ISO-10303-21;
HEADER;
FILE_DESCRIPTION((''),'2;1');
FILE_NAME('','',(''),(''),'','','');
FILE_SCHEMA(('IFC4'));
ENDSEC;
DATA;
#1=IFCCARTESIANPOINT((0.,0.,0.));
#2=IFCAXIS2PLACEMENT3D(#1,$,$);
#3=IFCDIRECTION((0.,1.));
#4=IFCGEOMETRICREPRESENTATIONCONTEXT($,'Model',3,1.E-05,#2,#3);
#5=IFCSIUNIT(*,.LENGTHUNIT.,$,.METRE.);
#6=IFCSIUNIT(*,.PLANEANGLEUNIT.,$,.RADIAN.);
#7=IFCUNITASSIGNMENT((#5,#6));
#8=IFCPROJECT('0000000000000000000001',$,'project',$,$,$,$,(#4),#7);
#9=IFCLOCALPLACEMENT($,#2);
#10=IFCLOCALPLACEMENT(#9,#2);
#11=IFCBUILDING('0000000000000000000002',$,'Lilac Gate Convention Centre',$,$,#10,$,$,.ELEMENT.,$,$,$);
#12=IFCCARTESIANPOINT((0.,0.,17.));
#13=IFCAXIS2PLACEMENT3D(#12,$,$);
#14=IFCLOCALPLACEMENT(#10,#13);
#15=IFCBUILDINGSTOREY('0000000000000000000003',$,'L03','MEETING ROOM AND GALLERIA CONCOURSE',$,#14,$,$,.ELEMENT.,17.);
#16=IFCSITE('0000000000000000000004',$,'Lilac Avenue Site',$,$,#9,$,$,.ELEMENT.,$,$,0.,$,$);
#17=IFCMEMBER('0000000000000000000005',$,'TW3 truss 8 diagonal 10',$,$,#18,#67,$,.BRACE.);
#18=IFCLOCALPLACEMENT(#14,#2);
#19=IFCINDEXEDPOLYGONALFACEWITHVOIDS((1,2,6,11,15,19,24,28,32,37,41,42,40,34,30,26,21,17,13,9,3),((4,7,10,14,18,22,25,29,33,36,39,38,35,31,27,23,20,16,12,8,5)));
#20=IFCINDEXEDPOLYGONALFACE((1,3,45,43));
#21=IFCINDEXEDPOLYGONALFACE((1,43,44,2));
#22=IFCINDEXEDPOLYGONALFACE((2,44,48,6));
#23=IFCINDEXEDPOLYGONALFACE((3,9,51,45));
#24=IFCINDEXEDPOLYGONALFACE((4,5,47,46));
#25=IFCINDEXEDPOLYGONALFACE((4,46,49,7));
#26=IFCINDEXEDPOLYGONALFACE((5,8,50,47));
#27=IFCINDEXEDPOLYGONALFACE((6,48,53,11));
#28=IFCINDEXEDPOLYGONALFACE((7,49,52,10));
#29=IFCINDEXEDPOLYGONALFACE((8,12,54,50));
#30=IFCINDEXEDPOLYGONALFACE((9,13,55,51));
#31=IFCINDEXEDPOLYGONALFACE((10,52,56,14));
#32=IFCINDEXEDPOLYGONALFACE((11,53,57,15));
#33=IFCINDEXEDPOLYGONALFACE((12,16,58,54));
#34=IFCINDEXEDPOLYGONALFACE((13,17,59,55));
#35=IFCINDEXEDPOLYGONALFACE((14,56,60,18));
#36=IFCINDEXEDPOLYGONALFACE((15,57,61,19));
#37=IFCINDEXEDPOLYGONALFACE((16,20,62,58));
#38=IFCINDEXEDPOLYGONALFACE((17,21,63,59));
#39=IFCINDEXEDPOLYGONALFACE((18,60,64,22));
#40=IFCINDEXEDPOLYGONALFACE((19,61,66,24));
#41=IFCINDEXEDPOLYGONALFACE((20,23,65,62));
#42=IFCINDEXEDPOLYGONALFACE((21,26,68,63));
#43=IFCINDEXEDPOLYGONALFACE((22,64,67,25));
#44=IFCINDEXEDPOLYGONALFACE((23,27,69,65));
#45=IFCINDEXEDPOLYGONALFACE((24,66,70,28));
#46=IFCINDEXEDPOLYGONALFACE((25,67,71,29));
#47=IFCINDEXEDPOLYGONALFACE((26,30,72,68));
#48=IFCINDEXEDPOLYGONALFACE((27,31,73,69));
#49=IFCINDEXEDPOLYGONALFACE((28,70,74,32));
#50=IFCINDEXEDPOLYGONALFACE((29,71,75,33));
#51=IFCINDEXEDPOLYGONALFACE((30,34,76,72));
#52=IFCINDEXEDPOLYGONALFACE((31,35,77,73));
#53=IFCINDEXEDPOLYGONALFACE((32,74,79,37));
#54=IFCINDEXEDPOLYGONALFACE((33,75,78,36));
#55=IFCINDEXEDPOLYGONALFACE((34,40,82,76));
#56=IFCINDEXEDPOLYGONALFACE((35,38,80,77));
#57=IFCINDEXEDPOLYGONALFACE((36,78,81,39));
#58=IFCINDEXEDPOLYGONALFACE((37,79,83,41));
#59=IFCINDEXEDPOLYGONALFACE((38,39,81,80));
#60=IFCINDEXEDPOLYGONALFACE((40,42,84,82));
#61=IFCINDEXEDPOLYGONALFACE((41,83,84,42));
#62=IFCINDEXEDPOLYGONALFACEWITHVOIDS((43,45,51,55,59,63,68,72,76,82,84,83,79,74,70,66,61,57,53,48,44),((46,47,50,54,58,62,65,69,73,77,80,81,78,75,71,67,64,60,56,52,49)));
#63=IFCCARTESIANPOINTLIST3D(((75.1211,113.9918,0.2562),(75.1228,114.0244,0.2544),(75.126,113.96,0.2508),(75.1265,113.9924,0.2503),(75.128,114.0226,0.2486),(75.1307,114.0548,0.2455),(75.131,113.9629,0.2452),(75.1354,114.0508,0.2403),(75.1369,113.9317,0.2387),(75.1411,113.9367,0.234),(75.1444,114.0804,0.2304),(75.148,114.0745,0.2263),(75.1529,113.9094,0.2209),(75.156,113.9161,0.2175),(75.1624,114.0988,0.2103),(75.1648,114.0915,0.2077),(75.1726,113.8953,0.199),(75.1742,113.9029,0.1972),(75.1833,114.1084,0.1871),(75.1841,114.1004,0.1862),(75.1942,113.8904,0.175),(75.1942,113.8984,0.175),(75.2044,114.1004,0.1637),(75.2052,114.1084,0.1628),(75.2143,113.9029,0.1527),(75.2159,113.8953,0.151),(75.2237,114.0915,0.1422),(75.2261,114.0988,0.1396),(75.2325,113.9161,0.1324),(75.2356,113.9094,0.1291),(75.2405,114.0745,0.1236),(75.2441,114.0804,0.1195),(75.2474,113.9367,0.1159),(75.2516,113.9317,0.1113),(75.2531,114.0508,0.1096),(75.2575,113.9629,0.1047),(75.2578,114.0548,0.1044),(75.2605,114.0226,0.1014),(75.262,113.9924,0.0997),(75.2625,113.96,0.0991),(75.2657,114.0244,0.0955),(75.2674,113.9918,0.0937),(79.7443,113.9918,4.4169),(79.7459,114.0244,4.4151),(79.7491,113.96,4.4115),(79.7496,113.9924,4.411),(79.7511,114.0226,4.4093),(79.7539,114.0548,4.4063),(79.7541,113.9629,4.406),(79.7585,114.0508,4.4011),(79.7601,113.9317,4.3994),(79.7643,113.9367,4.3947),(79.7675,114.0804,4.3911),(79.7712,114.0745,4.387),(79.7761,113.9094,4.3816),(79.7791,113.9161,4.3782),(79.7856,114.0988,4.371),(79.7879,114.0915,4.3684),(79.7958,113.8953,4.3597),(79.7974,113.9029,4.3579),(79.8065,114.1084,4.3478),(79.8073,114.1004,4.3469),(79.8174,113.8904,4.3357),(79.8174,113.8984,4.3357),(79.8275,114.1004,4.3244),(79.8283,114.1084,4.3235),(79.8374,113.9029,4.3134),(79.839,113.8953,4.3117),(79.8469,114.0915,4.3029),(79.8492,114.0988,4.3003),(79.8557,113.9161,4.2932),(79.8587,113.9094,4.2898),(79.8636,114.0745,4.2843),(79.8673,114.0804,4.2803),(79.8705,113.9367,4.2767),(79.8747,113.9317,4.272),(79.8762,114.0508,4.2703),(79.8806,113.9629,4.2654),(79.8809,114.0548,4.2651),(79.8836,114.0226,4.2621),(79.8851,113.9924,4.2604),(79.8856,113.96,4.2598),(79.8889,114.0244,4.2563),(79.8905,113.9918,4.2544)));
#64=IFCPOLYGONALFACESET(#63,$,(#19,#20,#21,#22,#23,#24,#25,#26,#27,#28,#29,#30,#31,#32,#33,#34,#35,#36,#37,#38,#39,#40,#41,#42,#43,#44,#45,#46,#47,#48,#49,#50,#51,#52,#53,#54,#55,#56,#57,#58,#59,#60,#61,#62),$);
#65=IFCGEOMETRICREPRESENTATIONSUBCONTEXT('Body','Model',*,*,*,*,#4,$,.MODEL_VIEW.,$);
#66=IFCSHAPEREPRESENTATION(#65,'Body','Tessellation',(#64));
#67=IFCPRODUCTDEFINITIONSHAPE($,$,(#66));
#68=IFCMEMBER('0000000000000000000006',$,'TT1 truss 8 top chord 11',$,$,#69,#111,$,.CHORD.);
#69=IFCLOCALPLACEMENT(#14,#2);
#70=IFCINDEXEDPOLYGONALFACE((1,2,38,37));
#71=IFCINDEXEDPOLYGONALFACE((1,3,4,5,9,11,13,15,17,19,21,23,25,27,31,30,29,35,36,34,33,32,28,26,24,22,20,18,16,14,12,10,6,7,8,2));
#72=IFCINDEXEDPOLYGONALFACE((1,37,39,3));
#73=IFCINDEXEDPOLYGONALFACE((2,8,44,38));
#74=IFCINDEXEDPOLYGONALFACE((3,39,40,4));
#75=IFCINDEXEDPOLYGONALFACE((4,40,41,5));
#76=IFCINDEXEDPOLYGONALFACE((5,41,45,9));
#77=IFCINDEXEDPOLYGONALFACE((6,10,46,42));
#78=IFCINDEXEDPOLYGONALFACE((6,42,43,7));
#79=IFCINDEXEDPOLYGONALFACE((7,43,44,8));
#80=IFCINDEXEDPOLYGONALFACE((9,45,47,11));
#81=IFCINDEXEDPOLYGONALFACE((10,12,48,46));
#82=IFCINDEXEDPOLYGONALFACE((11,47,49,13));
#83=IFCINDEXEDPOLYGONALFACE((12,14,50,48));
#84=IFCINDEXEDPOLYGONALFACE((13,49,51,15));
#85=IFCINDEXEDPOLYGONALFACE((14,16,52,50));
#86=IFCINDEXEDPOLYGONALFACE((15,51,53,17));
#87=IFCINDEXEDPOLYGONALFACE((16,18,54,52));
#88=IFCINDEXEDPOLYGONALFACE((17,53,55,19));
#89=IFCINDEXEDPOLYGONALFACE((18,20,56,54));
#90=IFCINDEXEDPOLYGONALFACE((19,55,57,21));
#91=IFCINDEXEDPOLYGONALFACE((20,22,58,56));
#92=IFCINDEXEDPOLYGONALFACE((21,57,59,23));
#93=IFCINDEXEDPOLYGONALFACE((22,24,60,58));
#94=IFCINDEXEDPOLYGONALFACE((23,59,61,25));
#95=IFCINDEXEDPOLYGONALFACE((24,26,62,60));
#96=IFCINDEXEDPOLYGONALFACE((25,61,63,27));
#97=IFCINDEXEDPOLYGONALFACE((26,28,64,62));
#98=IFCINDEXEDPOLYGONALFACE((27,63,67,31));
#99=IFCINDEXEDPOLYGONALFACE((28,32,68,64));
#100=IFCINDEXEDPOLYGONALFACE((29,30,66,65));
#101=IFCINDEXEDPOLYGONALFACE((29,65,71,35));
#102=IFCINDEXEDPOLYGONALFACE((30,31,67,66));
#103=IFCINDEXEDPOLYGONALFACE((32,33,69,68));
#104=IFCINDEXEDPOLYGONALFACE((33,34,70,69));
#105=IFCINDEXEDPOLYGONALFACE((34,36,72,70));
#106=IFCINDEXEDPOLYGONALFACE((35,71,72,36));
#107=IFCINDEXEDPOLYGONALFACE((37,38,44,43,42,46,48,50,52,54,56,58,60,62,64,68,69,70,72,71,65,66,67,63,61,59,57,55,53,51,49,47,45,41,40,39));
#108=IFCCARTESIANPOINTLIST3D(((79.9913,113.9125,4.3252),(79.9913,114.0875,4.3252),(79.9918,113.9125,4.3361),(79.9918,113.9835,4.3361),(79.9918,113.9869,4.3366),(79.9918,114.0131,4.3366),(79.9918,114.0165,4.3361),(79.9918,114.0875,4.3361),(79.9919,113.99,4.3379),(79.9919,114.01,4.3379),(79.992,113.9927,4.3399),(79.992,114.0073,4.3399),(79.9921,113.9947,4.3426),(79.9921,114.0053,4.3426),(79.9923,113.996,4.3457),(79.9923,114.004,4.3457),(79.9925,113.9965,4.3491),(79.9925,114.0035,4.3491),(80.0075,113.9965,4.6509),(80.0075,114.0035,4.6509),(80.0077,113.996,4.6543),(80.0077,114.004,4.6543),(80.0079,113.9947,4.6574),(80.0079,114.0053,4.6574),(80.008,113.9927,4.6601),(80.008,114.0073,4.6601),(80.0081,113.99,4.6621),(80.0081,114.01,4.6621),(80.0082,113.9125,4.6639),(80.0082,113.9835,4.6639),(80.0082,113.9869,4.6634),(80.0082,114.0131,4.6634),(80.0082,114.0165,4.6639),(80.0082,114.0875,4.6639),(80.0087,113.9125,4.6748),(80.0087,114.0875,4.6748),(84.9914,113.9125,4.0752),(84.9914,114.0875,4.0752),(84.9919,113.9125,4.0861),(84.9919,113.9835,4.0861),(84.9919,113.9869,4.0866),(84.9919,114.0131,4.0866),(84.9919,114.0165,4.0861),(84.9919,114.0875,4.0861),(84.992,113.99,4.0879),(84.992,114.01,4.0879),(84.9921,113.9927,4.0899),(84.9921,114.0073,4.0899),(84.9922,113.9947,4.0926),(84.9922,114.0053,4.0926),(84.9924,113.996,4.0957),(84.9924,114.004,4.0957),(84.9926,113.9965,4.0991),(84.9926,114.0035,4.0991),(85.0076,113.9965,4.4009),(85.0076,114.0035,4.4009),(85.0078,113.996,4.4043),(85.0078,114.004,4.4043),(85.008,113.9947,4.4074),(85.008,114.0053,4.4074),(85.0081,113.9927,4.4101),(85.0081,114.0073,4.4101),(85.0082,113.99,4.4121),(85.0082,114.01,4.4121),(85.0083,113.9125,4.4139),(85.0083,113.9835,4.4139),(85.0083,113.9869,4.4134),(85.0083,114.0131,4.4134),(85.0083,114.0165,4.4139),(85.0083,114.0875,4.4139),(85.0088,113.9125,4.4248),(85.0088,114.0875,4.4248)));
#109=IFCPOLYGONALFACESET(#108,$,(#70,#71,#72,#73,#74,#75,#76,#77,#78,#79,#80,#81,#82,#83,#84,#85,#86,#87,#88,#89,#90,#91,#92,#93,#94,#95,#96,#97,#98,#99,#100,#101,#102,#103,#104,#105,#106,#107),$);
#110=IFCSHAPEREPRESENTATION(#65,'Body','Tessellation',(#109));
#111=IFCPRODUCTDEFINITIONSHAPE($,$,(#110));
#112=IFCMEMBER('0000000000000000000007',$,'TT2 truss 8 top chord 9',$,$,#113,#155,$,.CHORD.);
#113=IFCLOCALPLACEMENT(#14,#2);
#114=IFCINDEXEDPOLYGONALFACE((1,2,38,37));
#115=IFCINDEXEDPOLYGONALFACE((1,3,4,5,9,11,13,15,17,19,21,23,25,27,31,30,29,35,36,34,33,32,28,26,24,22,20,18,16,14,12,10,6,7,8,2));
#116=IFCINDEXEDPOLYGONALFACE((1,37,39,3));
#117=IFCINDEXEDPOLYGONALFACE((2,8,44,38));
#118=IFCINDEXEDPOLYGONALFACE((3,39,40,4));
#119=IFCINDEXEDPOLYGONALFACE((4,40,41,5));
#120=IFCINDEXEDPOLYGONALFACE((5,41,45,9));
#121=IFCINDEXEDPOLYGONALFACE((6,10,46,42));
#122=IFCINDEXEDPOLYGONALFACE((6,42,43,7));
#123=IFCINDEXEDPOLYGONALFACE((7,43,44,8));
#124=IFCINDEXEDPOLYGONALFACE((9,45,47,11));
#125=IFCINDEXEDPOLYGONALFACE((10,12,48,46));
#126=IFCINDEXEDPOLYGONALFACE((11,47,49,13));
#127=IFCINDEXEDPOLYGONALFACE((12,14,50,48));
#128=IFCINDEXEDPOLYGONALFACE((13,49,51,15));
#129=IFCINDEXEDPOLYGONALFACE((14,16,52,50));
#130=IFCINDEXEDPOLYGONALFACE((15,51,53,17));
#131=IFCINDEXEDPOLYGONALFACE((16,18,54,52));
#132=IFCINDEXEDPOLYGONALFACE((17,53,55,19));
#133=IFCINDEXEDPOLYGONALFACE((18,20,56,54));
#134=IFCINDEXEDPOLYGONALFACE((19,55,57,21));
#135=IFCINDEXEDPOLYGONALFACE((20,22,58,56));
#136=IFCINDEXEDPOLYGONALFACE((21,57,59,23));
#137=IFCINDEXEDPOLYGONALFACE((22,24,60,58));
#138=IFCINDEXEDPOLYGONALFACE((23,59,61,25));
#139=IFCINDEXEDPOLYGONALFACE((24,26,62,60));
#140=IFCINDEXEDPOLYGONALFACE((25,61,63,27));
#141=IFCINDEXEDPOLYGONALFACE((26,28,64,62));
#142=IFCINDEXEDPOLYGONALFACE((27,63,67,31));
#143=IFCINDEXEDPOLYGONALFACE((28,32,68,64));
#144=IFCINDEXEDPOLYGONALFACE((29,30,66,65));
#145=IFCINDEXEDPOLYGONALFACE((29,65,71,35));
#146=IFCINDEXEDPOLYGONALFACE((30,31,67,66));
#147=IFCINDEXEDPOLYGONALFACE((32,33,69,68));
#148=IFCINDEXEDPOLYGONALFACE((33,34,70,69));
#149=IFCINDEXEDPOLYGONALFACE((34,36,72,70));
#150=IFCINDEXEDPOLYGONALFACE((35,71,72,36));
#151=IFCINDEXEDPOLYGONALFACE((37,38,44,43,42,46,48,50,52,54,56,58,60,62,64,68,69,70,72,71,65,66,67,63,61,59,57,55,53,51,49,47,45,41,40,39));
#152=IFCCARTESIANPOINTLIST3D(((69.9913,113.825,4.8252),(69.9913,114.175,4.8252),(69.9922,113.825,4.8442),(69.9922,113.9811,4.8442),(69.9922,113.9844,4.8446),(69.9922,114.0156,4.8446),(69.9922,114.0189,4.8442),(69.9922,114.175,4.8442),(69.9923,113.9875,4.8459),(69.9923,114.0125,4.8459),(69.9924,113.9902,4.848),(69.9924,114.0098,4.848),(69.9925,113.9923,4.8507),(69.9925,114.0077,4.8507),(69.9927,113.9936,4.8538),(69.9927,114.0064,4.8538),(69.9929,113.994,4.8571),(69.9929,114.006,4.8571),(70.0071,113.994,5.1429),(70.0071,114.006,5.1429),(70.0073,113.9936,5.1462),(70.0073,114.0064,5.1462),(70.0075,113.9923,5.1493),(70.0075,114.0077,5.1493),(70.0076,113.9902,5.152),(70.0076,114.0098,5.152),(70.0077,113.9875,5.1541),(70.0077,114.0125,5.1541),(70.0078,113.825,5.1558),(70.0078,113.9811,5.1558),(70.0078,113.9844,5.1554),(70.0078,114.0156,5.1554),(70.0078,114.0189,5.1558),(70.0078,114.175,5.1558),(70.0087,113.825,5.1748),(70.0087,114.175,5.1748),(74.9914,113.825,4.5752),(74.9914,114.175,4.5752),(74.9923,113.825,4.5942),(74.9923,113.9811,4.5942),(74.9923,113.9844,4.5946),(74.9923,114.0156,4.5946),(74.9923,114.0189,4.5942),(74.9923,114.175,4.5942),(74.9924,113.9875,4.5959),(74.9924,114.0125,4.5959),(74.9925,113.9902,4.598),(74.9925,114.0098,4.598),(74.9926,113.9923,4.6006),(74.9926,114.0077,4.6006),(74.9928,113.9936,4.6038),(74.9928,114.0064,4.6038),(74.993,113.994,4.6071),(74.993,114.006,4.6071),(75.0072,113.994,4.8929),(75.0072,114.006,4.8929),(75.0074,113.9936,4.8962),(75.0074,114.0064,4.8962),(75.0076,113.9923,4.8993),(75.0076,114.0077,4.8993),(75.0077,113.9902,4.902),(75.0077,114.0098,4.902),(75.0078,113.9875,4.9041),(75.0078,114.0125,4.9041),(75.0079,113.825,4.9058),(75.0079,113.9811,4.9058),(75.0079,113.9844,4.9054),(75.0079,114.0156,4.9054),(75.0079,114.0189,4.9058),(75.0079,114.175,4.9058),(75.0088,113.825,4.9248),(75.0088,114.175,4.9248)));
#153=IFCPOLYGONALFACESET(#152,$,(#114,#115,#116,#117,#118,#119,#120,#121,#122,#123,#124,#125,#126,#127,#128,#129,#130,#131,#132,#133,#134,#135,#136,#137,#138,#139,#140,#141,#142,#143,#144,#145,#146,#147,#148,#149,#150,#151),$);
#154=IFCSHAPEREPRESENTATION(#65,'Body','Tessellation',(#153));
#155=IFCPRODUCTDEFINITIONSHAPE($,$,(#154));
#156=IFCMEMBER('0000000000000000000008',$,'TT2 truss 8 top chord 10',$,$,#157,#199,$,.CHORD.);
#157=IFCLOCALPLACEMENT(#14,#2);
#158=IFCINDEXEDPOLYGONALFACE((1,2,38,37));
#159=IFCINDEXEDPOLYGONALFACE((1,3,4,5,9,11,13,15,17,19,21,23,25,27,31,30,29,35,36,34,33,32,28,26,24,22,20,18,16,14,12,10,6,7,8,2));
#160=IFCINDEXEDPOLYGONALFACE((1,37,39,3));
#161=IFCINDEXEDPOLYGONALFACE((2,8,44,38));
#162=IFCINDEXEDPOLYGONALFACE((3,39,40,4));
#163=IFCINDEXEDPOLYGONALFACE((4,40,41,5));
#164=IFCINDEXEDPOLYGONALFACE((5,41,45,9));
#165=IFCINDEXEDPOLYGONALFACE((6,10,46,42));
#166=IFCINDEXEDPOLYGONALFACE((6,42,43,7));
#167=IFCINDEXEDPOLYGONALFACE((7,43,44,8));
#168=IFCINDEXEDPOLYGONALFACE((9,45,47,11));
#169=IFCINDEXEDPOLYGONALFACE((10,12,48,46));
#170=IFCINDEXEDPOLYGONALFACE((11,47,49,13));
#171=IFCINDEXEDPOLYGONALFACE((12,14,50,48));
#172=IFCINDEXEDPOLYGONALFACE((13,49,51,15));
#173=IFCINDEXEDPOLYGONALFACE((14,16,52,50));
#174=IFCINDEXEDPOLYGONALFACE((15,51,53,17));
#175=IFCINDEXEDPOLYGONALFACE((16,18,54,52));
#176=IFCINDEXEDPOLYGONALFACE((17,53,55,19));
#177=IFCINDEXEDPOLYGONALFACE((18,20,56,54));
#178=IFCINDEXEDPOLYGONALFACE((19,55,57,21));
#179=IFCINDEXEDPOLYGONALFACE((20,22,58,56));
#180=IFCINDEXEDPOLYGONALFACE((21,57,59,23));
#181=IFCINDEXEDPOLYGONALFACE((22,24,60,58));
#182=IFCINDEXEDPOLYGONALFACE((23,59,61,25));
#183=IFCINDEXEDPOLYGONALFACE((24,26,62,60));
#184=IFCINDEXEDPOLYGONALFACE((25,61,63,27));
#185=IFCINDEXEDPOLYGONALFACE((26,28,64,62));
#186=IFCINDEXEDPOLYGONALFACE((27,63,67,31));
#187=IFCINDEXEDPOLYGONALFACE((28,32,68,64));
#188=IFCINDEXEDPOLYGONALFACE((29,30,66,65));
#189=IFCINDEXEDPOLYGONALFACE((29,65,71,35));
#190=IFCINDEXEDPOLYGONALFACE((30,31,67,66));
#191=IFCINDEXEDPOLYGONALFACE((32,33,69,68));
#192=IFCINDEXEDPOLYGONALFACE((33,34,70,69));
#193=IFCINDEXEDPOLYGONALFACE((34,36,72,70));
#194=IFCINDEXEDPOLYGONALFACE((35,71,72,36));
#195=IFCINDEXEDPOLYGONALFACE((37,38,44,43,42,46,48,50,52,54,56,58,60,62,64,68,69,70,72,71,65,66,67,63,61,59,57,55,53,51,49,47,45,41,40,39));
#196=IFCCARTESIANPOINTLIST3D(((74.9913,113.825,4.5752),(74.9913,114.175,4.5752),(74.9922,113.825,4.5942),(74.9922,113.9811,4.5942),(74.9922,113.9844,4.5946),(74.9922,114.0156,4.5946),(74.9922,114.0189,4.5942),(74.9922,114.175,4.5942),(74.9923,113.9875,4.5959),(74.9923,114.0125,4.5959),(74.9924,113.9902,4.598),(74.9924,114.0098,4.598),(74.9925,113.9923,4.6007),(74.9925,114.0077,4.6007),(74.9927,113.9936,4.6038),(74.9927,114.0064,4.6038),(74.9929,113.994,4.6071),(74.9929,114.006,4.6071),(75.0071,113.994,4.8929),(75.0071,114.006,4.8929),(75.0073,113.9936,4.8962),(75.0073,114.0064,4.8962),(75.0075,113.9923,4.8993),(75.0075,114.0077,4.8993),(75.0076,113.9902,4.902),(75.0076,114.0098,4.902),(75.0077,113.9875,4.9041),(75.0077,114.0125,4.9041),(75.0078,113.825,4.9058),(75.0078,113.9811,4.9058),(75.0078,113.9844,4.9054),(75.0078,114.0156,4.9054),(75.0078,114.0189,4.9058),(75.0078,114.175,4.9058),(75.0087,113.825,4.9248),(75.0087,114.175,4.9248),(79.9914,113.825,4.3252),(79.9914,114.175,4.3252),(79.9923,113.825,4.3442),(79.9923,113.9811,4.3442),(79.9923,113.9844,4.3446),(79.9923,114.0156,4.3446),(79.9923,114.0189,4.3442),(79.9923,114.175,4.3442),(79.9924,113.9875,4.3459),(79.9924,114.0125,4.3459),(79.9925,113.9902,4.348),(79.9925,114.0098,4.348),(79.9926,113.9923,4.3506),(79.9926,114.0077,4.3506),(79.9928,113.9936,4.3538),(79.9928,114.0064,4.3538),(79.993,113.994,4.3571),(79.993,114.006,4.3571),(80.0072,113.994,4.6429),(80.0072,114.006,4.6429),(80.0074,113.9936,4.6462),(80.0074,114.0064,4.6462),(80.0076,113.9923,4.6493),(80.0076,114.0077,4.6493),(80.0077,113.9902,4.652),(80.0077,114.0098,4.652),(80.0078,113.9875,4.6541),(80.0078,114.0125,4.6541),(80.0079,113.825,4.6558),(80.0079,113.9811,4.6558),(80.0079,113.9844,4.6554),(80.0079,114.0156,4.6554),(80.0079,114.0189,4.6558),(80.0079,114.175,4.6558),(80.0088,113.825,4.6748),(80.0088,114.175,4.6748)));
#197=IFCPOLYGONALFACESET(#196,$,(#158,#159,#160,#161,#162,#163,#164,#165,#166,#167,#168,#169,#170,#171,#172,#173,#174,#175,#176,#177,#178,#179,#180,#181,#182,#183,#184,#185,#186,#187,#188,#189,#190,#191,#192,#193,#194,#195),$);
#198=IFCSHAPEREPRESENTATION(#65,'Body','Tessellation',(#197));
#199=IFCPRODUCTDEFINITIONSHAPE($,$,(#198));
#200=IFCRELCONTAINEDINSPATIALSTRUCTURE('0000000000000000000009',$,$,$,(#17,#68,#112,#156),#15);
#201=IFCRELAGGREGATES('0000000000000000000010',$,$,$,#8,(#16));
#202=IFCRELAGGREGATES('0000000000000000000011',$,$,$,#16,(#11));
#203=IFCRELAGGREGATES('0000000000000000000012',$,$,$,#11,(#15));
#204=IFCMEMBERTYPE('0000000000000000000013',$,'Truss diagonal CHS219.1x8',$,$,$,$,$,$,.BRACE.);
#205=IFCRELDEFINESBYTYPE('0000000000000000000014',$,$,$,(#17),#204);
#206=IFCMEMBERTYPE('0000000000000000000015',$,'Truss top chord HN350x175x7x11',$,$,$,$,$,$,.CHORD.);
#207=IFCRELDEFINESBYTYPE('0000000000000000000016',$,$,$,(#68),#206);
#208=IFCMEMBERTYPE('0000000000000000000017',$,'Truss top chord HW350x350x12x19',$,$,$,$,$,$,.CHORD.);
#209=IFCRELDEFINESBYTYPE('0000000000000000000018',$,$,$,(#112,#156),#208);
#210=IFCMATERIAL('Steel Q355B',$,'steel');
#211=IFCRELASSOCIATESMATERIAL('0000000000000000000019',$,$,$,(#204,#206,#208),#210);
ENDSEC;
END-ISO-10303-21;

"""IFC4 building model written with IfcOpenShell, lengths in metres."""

from ifc_helpers import new_model, si_unit, direction, frame, origin, origin_2d, place, context, subcontext, project, spatial, hollow_circle, i_section, extrude, material, material_profile, profile_set, type_object, element, save


model = new_model("IFC4")

# Units and contexts
model_context = context("Model", 3, precision=1e-05, world=origin(), true_north=direction((0.0, 1.0)))
body_context = subcontext(model_context, "Body", "Model", "MODEL_VIEW")
ifc_project = project(units=[si_unit("LENGTHUNIT", "METRE"), si_unit("PLANEANGLEUNIT", "RADIAN")], contexts=[model_context])

# Site, building, storey
site_placement = place(None, origin())
site = spatial("IfcSite", under=ifc_project, at=site_placement, Name="Lilac Avenue Site", CompositionType="ELEMENT", RefElevation=0.0)
building_placement = place(site_placement, origin())
building = spatial("IfcBuilding", under=site, at=building_placement, Name="Lilac Gate Convention Centre", CompositionType="ELEMENT")
storey_placement = place(building_placement, frame((0.0, 0.0, 17.0)))
storey = spatial("IfcBuildingStorey", under=building, at=storey_placement, Name="L03", Description="MEETING ROOM AND GALLERIA CONCOURSE", CompositionType="ELEMENT", Elevation=17.0)

# Members
ifc_material = material(Name="Steel Q355B", Category="steel")
ifc_material_profile_1 = material_profile(ifc_material, hollow_circle(Radius=0.1096, WallThickness=0.0081, at=origin_2d()), Name="CHS219.1x8")
ifc_profile_set_1 = profile_set([ifc_material_profile_1], Name="Steel Q355B")
member_type_1 = type_object("IfcMemberType", Name="Truss diagonal CHS219.1x8", PredefinedType="BRACE", material=ifc_profile_set_1)
member_1_placement = place(storey_placement, frame((79.8174, 114.0, 4.3357), z_axis=(-0.743302, 0.0, -0.668956), x_axis=(0.0, -1.0, 0.0)))
element("IfcMember", 1, at=member_1_placement, inside=storey, type_object=member_type_1, Name="TW3 truss 8 diagonal 10", PredefinedType="BRACE", context=body_context, shape_type="SweptSolid", body=[
    extrude(hollow_circle(Radius=0.1096, WallThickness=0.0081, at=origin_2d()), origin(), (0.0, 0.0, 1.0), 6.2197),
])
ifc_material_profile_2 = material_profile(ifc_material, i_section(OverallWidth=0.175, OverallDepth=0.3501, WebThickness=0.0071, FlangeThickness=0.011, FilletRadius=0.0129, at=origin_2d()), Name="HN350x175x7x11")
ifc_profile_set_2 = profile_set([ifc_material_profile_2], Name="Steel Q355B")
member_type_2 = type_object("IfcMemberType", Name="Truss top chord HN350x175x7x11", PredefinedType="CHORD", material=ifc_profile_set_2)
member_2_placement = place(storey_placement, frame((80.0, 114.0, 4.5), z_axis=(0.998752, 0.0, -0.049938), x_axis=(0.0, 1.0, 0.0)))
element("IfcMember", 2, at=member_2_placement, inside=storey, type_object=member_type_2, Name="TT1 truss 8 top chord 11", PredefinedType="CHORD", context=body_context, shape_type="SweptSolid", body=[
    extrude(i_section(OverallWidth=0.175, OverallDepth=0.3501, WebThickness=0.0071, FlangeThickness=0.011, FilletRadius=0.0129, at=origin_2d()), origin(), (0.0, 0.0, 1.0), 5.0063),
])
ifc_material_profile_3 = material_profile(ifc_material, i_section(OverallWidth=0.3501, OverallDepth=0.3501, WebThickness=0.012, FlangeThickness=0.019, FilletRadius=0.0129, at=origin_2d()), Name="HW350x350x12x19")
ifc_profile_set_3 = profile_set([ifc_material_profile_3], Name="Steel Q355B")
member_type_3 = type_object("IfcMemberType", Name="Truss top chord HW350x350x12x19", PredefinedType="CHORD", material=ifc_profile_set_3)
for number, where, z_axis, x_axis, name in (
    (3, (70.0, 114.0, 5.0), (0.998752, 0.0, -0.049938), (0.0, 1.0, 0.0), "TT2 truss 8 top chord 9"),
    (4, (75.0, 114.0, 4.75), (0.998752, 0.0, -0.049938), (0.0, 1.0, 0.0), "TT2 truss 8 top chord 10"),
):
    element("IfcMember", number, at=place(storey_placement, frame(where, z_axis=z_axis, x_axis=x_axis)), inside=storey, type_object=member_type_3, Name=name, PredefinedType="CHORD", context=body_context, shape_type="SweptSolid", body=[
        extrude(i_section(OverallWidth=0.3501, OverallDepth=0.3501, WebThickness=0.012, FlangeThickness=0.019, FilletRadius=0.0129, at=origin_2d()), origin(), (0.0, 0.0, 1.0), 5.0063),
    ])

save(model, "model.ifc")
